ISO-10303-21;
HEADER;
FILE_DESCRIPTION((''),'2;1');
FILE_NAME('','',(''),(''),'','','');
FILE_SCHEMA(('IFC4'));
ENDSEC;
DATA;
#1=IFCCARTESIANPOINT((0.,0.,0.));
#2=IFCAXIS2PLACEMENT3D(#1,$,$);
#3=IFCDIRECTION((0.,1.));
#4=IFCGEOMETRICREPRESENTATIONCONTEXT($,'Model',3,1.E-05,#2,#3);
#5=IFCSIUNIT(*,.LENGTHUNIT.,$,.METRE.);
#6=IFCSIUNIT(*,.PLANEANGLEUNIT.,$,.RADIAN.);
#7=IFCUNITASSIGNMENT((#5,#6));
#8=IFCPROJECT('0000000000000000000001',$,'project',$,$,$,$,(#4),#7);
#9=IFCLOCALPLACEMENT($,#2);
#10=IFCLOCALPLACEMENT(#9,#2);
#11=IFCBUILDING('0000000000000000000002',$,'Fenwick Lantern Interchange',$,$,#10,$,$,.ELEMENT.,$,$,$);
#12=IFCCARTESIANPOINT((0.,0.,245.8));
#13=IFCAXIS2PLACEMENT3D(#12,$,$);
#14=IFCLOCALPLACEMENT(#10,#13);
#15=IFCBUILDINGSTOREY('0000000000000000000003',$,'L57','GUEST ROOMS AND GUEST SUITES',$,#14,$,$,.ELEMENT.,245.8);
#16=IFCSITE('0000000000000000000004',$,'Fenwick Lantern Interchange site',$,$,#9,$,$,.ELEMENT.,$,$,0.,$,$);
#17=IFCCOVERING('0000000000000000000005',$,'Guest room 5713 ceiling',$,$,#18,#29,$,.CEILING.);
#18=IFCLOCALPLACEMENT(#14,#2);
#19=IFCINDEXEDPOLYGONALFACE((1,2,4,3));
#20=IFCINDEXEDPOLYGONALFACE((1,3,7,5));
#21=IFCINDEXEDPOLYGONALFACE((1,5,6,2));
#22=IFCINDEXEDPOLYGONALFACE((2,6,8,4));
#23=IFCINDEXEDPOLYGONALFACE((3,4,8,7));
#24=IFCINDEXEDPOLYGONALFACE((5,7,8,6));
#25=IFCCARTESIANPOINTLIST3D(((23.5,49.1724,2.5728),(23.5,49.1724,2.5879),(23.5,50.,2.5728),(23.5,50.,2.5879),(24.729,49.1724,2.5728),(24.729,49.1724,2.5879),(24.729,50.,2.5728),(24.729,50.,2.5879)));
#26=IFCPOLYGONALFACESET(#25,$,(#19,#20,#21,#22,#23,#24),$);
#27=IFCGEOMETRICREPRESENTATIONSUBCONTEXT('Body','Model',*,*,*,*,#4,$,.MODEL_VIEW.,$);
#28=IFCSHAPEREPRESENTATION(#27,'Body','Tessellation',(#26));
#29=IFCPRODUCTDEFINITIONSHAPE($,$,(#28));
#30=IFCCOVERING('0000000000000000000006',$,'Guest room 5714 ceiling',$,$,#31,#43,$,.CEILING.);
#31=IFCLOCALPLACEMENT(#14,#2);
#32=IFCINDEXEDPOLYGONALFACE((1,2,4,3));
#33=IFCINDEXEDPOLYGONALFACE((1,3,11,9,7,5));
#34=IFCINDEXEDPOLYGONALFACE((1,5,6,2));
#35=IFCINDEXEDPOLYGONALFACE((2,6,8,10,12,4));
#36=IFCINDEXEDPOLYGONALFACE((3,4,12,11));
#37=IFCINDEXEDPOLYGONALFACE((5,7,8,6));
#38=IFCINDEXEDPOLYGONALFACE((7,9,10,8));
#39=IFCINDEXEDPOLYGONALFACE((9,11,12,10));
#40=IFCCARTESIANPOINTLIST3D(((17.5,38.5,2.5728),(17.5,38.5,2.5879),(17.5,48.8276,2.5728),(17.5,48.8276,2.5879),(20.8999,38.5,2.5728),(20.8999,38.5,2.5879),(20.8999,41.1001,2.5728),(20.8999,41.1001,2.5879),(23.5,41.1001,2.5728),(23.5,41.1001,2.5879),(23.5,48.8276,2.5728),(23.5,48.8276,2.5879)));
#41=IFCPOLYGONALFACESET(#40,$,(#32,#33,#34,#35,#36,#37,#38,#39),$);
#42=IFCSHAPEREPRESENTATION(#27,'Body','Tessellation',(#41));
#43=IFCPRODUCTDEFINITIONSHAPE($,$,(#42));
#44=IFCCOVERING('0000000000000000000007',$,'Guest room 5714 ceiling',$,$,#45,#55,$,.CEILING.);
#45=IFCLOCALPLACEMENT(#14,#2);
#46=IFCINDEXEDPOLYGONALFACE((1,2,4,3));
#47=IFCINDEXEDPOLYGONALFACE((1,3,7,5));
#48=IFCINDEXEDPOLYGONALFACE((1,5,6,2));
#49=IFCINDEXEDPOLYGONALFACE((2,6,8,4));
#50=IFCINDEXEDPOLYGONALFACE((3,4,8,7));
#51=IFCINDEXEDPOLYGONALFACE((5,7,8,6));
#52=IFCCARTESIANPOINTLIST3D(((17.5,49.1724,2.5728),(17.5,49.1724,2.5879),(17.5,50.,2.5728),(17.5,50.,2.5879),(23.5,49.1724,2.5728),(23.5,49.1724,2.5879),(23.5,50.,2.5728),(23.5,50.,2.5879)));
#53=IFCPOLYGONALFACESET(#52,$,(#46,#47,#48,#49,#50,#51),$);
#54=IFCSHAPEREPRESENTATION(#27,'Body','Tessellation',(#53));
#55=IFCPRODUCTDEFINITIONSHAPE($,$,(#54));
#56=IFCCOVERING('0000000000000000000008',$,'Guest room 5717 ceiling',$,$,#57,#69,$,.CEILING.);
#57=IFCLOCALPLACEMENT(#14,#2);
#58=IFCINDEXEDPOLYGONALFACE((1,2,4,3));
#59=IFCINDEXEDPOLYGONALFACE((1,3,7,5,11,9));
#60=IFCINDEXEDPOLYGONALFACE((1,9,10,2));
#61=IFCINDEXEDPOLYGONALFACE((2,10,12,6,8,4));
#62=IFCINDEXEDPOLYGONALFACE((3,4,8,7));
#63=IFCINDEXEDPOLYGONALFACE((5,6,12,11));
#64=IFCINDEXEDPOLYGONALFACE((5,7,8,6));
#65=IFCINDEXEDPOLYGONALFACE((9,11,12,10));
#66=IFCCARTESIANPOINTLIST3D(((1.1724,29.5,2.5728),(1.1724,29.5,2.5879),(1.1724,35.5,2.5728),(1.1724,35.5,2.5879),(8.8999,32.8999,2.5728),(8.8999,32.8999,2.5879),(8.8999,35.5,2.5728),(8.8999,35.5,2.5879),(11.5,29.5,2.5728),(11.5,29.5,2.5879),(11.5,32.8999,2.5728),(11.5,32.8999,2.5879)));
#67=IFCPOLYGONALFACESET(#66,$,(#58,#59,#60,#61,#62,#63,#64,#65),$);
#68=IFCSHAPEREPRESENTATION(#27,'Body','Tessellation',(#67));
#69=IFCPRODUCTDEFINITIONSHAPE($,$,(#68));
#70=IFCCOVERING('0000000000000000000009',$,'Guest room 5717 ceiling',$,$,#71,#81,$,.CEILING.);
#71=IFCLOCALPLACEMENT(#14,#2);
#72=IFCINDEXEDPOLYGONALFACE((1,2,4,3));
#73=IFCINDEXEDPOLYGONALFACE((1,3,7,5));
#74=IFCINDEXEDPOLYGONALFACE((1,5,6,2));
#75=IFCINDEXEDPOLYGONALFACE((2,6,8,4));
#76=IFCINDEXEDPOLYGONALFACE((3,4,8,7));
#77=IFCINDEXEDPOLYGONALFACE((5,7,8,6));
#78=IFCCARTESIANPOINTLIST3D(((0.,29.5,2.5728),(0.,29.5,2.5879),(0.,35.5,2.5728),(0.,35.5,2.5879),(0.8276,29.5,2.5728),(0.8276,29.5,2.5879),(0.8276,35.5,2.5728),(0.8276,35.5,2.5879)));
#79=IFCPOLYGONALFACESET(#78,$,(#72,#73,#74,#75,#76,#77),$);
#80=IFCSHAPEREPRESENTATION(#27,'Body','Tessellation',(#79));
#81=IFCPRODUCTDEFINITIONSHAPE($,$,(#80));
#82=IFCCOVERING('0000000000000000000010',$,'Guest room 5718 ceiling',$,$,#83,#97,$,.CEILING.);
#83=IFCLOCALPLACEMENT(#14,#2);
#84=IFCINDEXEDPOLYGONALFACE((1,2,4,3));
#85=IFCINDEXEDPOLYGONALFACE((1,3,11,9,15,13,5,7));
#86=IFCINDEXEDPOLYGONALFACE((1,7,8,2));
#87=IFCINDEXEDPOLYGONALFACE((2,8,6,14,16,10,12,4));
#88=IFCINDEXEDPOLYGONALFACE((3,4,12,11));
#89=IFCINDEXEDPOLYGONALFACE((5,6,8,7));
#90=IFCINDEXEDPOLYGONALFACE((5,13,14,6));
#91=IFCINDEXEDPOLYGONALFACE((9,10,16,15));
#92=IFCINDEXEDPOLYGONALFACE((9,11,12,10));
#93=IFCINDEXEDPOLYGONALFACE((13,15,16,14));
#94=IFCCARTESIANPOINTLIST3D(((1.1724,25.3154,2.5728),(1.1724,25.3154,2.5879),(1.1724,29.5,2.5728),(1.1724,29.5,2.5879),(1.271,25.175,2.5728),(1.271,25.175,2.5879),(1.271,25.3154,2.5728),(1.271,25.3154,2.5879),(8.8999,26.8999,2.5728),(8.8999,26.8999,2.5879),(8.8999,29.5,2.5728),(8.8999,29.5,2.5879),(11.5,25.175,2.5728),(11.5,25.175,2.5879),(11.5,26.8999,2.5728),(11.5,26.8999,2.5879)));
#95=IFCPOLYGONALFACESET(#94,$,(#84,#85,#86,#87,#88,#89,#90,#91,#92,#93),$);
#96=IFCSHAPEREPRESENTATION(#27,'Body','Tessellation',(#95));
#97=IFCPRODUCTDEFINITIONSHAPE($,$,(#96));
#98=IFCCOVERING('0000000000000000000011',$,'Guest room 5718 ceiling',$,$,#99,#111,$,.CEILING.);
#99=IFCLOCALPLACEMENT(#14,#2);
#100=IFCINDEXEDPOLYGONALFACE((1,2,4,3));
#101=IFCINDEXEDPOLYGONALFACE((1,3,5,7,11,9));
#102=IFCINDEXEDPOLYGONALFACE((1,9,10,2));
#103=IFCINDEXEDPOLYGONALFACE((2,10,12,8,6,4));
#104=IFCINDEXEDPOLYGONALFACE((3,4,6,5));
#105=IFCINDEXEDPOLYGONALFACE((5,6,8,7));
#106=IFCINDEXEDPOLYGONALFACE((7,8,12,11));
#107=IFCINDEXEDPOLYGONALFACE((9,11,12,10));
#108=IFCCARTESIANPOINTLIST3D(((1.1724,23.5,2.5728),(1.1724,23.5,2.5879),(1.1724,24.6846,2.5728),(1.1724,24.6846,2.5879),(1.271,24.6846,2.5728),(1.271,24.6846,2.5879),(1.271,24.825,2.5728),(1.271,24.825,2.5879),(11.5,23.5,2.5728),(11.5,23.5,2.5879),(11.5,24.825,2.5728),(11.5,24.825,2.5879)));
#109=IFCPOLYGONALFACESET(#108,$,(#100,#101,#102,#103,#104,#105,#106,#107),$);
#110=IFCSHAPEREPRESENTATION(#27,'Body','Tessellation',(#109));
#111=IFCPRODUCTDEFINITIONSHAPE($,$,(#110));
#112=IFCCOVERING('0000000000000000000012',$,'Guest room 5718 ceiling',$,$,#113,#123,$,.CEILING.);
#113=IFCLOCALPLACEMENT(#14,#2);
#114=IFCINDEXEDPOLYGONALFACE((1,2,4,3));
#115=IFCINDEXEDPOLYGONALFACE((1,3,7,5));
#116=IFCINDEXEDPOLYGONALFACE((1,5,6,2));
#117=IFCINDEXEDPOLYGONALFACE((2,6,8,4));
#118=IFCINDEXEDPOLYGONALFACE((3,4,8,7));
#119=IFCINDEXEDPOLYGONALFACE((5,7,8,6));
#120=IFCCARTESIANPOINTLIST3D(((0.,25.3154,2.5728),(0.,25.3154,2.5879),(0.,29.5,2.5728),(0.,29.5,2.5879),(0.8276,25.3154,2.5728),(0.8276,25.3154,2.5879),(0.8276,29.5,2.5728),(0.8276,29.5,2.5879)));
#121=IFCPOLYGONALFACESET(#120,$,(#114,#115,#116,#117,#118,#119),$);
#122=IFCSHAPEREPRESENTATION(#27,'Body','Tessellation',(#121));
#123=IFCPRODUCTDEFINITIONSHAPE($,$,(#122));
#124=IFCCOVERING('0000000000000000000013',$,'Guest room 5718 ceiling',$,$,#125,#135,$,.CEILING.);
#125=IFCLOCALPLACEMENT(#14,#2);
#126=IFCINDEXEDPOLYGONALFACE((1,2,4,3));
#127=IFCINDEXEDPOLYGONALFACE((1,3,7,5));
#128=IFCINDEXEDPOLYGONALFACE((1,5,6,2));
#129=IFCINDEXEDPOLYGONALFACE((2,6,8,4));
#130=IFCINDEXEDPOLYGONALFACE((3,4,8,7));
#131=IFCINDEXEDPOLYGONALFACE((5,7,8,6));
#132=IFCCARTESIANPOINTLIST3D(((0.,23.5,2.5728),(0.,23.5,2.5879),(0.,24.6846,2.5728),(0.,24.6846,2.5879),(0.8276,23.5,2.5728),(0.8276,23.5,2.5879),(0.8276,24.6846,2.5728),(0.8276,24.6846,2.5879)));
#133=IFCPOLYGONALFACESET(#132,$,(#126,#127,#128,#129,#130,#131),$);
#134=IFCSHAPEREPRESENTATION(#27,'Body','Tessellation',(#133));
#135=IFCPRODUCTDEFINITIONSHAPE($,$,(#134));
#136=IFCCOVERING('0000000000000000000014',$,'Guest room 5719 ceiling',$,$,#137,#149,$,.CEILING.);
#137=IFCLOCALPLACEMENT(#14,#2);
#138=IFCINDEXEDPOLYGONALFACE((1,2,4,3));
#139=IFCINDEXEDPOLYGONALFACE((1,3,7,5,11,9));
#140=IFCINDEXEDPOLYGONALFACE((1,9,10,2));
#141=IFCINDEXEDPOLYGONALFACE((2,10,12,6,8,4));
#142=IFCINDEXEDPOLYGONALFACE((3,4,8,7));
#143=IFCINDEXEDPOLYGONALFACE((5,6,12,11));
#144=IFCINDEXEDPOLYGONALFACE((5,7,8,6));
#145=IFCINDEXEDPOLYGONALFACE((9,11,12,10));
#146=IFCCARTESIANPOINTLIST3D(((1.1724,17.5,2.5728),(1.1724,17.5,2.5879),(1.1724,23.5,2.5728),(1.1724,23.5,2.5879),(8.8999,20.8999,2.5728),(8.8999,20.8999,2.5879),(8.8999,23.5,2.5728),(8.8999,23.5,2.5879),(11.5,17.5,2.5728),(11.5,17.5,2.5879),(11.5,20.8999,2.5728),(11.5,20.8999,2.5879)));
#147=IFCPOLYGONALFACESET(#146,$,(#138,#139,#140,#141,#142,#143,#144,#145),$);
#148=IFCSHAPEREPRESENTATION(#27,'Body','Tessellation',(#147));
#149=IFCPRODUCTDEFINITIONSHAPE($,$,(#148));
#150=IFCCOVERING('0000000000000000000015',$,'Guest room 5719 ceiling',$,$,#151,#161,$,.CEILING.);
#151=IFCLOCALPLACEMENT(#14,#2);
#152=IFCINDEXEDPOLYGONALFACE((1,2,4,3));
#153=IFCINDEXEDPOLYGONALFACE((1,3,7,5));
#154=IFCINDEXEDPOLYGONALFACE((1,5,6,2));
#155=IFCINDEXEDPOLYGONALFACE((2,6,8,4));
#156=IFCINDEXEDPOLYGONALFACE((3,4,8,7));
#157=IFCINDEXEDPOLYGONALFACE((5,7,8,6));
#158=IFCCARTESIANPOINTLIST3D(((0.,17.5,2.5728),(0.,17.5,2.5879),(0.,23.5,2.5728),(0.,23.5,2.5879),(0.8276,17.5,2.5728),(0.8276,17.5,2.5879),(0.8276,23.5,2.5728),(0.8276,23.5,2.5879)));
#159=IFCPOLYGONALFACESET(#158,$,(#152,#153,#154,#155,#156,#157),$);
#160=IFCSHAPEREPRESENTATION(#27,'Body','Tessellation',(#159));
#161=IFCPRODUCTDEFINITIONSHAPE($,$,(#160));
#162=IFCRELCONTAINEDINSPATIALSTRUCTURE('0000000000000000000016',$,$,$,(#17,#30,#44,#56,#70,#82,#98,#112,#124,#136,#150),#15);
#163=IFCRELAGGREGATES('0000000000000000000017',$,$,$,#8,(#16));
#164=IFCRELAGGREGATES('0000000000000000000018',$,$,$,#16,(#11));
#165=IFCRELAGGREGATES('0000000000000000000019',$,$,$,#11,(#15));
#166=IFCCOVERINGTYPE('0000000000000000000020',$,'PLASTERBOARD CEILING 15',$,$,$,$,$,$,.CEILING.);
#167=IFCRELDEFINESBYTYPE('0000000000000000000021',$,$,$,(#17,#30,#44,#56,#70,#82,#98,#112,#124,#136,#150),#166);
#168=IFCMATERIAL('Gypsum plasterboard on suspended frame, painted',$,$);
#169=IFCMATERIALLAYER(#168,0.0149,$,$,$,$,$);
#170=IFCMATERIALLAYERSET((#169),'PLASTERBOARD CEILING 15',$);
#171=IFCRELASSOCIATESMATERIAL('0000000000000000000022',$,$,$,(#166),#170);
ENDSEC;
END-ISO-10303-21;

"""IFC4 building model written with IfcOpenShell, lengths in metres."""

from ifc_helpers import new_model, si_unit, direction, frame, origin, place, context, subcontext, project, spatial, polyline, outline, extrude, material, layer, layer_set, type_object, element, save


model = new_model("IFC4")

# Units and contexts
model_context = context("Model", 3, precision=1e-05, world=origin(), true_north=direction((0.0, 1.0)))
body_context = subcontext(model_context, "Body", "Model", "MODEL_VIEW")
ifc_project = project(units=[si_unit("LENGTHUNIT", "METRE"), si_unit("PLANEANGLEUNIT", "RADIAN")], contexts=[model_context])

# Site, building, storey
site_placement = place(None, origin())
site = spatial("IfcSite", under=ifc_project, at=site_placement, Name="Fenwick Lantern Interchange site", CompositionType="ELEMENT", RefElevation=0.0)
building_placement = place(site_placement, origin())
building = spatial("IfcBuilding", under=site, at=building_placement, Name="Fenwick Lantern Interchange", CompositionType="ELEMENT")
storey_placement = place(building_placement, frame((0.0, 0.0, 245.8)))
storey = spatial("IfcBuildingStorey", under=building, at=storey_placement, Name="L57", Description="GUEST ROOMS AND GUEST SUITES", CompositionType="ELEMENT", Elevation=245.8)

# Coverings
ifc_material_1 = material(Name="Gypsum plasterboard on suspended frame, painted")
ifc_layer_1 = layer(ifc_material_1, 0.0149)
ifc_layer_set_1 = layer_set([ifc_layer_1], Name="PLASTERBOARD CEILING 15")
covering_type_1 = type_object("IfcCoveringType", Name="PLASTERBOARD CEILING 15", PredefinedType="CEILING", material=ifc_layer_set_1)
covering_1_placement = place(storey_placement, frame((0.0, 0.0, 2.5728)))
element("IfcCovering", 1, at=covering_1_placement, inside=storey, type_object=covering_type_1, Name="Guest room 5713 ceiling", PredefinedType="CEILING", context=body_context, shape_type="SweptSolid", body=[
    extrude(outline(polyline([(24.729, 50.0), (23.5, 50.0), (23.5, 49.1724), (24.729, 49.1724), (24.729, 50.0)])), origin(), (0.0, 0.0, 1.0), 0.0151),
])
covering_2_placement = place(storey_placement, frame((0.0, 0.0, 2.5728)))
element("IfcCovering", 2, at=covering_2_placement, inside=storey, type_object=covering_type_1, Name="Guest room 5714 ceiling", PredefinedType="CEILING", context=body_context, shape_type="SweptSolid", body=[
    extrude(outline(polyline([(17.5, 48.8276), (17.5, 38.5), (20.8999, 38.5), (20.8999, 41.1001), (23.5, 41.1001), (23.5, 48.8276), (17.5, 48.8276)])), origin(), (0.0, 0.0, 1.0), 0.0151),
])
covering_3_placement = place(storey_placement, frame((0.0, 0.0, 2.5728)))
element("IfcCovering", 3, at=covering_3_placement, inside=storey, type_object=covering_type_1, Name="Guest room 5714 ceiling", PredefinedType="CEILING", context=body_context, shape_type="SweptSolid", body=[
    extrude(outline(polyline([(17.5, 50.0), (17.5, 49.1724), (23.5, 49.1724), (23.5, 50.0), (17.5, 50.0)])), origin(), (0.0, 0.0, 1.0), 0.0151),
])
covering_4_placement = place(storey_placement, frame((0.0, 0.0, 2.5728)))
element("IfcCovering", 4, at=covering_4_placement, inside=storey, type_object=covering_type_1, Name="Guest room 5717 ceiling", PredefinedType="CEILING", context=body_context, shape_type="SweptSolid", body=[
    extrude(outline(polyline([(1.1724, 29.5), (11.5, 29.5), (11.5, 32.8999), (8.8999, 32.8999), (8.8999, 35.5), (1.1724, 35.5), (1.1724, 29.5)])), origin(), (0.0, 0.0, 1.0), 0.0151),
])
covering_5_placement = place(storey_placement, frame((0.0, 0.0, 2.5728)))
element("IfcCovering", 5, at=covering_5_placement, inside=storey, type_object=covering_type_1, Name="Guest room 5717 ceiling", PredefinedType="CEILING", context=body_context, shape_type="SweptSolid", body=[
    extrude(outline(polyline([(0.0, 29.5), (0.8276, 29.5), (0.8276, 35.5), (0.0, 35.5), (0.0, 29.5)])), origin(), (0.0, 0.0, 1.0), 0.0151),
])
covering_6_placement = place(storey_placement, frame((0.0, 0.0, 2.5728)))
element("IfcCovering", 6, at=covering_6_placement, inside=storey, type_object=covering_type_1, Name="Guest room 5718 ceiling", PredefinedType="CEILING", context=body_context, shape_type="SweptSolid", body=[
    extrude(outline(polyline([(1.271, 25.3154), (1.271, 25.175), (11.5, 25.175), (11.5, 26.8999), (8.8999, 26.8999), (8.8999, 29.5), (1.1724, 29.5), (1.1724, 25.3154), (1.271, 25.3154)])), origin(), (0.0, 0.0, 1.0), 0.0151),
])
covering_7_placement = place(storey_placement, frame((0.0, 0.0, 2.5728)))
element("IfcCovering", 7, at=covering_7_placement, inside=storey, type_object=covering_type_1, Name="Guest room 5718 ceiling", PredefinedType="CEILING", context=body_context, shape_type="SweptSolid", body=[
    extrude(outline(polyline([(1.271, 24.6846), (1.1724, 24.6846), (1.1724, 23.5), (11.5, 23.5), (11.5, 24.825), (1.271, 24.825), (1.271, 24.6846)])), origin(), (0.0, 0.0, 1.0), 0.0151),
])
covering_8_placement = place(storey_placement, frame((0.0, 0.0, 2.5728)))
element("IfcCovering", 8, at=covering_8_placement, inside=storey, type_object=covering_type_1, Name="Guest room 5718 ceiling", PredefinedType="CEILING", context=body_context, shape_type="SweptSolid", body=[
    extrude(outline(polyline([(0.0, 25.3154), (0.8276, 25.3154), (0.8276, 29.5), (0.0, 29.5), (0.0, 25.3154)])), origin(), (0.0, 0.0, 1.0), 0.0151),
])
covering_9_placement = place(storey_placement, frame((0.0, 0.0, 2.5728)))
element("IfcCovering", 9, at=covering_9_placement, inside=storey, type_object=covering_type_1, Name="Guest room 5718 ceiling", PredefinedType="CEILING", context=body_context, shape_type="SweptSolid", body=[
    extrude(outline(polyline([(0.0, 24.6846), (0.0, 23.5), (0.8276, 23.5), (0.8276, 24.6846), (0.0, 24.6846)])), origin(), (0.0, 0.0, 1.0), 0.0151),
])
covering_10_placement = place(storey_placement, frame((0.0, 0.0, 2.5728)))
element("IfcCovering", 10, at=covering_10_placement, inside=storey, type_object=covering_type_1, Name="Guest room 5719 ceiling", PredefinedType="CEILING", context=body_context, shape_type="SweptSolid", body=[
    extrude(outline(polyline([(1.1724, 17.5), (11.5, 17.5), (11.5, 20.8999), (8.8999, 20.8999), (8.8999, 23.5), (1.1724, 23.5), (1.1724, 17.5)])), origin(), (0.0, 0.0, 1.0), 0.0151),
])
covering_11_placement = place(storey_placement, frame((0.0, 0.0, 2.5728)))
element("IfcCovering", 11, at=covering_11_placement, inside=storey, type_object=covering_type_1, Name="Guest room 5719 ceiling", PredefinedType="CEILING", context=body_context, shape_type="SweptSolid", body=[
    extrude(outline(polyline([(0.0, 17.5), (0.8276, 17.5), (0.8276, 23.5), (0.0, 23.5), (0.0, 17.5)])), origin(), (0.0, 0.0, 1.0), 0.0151),
])

save(model, "model.ifc")
